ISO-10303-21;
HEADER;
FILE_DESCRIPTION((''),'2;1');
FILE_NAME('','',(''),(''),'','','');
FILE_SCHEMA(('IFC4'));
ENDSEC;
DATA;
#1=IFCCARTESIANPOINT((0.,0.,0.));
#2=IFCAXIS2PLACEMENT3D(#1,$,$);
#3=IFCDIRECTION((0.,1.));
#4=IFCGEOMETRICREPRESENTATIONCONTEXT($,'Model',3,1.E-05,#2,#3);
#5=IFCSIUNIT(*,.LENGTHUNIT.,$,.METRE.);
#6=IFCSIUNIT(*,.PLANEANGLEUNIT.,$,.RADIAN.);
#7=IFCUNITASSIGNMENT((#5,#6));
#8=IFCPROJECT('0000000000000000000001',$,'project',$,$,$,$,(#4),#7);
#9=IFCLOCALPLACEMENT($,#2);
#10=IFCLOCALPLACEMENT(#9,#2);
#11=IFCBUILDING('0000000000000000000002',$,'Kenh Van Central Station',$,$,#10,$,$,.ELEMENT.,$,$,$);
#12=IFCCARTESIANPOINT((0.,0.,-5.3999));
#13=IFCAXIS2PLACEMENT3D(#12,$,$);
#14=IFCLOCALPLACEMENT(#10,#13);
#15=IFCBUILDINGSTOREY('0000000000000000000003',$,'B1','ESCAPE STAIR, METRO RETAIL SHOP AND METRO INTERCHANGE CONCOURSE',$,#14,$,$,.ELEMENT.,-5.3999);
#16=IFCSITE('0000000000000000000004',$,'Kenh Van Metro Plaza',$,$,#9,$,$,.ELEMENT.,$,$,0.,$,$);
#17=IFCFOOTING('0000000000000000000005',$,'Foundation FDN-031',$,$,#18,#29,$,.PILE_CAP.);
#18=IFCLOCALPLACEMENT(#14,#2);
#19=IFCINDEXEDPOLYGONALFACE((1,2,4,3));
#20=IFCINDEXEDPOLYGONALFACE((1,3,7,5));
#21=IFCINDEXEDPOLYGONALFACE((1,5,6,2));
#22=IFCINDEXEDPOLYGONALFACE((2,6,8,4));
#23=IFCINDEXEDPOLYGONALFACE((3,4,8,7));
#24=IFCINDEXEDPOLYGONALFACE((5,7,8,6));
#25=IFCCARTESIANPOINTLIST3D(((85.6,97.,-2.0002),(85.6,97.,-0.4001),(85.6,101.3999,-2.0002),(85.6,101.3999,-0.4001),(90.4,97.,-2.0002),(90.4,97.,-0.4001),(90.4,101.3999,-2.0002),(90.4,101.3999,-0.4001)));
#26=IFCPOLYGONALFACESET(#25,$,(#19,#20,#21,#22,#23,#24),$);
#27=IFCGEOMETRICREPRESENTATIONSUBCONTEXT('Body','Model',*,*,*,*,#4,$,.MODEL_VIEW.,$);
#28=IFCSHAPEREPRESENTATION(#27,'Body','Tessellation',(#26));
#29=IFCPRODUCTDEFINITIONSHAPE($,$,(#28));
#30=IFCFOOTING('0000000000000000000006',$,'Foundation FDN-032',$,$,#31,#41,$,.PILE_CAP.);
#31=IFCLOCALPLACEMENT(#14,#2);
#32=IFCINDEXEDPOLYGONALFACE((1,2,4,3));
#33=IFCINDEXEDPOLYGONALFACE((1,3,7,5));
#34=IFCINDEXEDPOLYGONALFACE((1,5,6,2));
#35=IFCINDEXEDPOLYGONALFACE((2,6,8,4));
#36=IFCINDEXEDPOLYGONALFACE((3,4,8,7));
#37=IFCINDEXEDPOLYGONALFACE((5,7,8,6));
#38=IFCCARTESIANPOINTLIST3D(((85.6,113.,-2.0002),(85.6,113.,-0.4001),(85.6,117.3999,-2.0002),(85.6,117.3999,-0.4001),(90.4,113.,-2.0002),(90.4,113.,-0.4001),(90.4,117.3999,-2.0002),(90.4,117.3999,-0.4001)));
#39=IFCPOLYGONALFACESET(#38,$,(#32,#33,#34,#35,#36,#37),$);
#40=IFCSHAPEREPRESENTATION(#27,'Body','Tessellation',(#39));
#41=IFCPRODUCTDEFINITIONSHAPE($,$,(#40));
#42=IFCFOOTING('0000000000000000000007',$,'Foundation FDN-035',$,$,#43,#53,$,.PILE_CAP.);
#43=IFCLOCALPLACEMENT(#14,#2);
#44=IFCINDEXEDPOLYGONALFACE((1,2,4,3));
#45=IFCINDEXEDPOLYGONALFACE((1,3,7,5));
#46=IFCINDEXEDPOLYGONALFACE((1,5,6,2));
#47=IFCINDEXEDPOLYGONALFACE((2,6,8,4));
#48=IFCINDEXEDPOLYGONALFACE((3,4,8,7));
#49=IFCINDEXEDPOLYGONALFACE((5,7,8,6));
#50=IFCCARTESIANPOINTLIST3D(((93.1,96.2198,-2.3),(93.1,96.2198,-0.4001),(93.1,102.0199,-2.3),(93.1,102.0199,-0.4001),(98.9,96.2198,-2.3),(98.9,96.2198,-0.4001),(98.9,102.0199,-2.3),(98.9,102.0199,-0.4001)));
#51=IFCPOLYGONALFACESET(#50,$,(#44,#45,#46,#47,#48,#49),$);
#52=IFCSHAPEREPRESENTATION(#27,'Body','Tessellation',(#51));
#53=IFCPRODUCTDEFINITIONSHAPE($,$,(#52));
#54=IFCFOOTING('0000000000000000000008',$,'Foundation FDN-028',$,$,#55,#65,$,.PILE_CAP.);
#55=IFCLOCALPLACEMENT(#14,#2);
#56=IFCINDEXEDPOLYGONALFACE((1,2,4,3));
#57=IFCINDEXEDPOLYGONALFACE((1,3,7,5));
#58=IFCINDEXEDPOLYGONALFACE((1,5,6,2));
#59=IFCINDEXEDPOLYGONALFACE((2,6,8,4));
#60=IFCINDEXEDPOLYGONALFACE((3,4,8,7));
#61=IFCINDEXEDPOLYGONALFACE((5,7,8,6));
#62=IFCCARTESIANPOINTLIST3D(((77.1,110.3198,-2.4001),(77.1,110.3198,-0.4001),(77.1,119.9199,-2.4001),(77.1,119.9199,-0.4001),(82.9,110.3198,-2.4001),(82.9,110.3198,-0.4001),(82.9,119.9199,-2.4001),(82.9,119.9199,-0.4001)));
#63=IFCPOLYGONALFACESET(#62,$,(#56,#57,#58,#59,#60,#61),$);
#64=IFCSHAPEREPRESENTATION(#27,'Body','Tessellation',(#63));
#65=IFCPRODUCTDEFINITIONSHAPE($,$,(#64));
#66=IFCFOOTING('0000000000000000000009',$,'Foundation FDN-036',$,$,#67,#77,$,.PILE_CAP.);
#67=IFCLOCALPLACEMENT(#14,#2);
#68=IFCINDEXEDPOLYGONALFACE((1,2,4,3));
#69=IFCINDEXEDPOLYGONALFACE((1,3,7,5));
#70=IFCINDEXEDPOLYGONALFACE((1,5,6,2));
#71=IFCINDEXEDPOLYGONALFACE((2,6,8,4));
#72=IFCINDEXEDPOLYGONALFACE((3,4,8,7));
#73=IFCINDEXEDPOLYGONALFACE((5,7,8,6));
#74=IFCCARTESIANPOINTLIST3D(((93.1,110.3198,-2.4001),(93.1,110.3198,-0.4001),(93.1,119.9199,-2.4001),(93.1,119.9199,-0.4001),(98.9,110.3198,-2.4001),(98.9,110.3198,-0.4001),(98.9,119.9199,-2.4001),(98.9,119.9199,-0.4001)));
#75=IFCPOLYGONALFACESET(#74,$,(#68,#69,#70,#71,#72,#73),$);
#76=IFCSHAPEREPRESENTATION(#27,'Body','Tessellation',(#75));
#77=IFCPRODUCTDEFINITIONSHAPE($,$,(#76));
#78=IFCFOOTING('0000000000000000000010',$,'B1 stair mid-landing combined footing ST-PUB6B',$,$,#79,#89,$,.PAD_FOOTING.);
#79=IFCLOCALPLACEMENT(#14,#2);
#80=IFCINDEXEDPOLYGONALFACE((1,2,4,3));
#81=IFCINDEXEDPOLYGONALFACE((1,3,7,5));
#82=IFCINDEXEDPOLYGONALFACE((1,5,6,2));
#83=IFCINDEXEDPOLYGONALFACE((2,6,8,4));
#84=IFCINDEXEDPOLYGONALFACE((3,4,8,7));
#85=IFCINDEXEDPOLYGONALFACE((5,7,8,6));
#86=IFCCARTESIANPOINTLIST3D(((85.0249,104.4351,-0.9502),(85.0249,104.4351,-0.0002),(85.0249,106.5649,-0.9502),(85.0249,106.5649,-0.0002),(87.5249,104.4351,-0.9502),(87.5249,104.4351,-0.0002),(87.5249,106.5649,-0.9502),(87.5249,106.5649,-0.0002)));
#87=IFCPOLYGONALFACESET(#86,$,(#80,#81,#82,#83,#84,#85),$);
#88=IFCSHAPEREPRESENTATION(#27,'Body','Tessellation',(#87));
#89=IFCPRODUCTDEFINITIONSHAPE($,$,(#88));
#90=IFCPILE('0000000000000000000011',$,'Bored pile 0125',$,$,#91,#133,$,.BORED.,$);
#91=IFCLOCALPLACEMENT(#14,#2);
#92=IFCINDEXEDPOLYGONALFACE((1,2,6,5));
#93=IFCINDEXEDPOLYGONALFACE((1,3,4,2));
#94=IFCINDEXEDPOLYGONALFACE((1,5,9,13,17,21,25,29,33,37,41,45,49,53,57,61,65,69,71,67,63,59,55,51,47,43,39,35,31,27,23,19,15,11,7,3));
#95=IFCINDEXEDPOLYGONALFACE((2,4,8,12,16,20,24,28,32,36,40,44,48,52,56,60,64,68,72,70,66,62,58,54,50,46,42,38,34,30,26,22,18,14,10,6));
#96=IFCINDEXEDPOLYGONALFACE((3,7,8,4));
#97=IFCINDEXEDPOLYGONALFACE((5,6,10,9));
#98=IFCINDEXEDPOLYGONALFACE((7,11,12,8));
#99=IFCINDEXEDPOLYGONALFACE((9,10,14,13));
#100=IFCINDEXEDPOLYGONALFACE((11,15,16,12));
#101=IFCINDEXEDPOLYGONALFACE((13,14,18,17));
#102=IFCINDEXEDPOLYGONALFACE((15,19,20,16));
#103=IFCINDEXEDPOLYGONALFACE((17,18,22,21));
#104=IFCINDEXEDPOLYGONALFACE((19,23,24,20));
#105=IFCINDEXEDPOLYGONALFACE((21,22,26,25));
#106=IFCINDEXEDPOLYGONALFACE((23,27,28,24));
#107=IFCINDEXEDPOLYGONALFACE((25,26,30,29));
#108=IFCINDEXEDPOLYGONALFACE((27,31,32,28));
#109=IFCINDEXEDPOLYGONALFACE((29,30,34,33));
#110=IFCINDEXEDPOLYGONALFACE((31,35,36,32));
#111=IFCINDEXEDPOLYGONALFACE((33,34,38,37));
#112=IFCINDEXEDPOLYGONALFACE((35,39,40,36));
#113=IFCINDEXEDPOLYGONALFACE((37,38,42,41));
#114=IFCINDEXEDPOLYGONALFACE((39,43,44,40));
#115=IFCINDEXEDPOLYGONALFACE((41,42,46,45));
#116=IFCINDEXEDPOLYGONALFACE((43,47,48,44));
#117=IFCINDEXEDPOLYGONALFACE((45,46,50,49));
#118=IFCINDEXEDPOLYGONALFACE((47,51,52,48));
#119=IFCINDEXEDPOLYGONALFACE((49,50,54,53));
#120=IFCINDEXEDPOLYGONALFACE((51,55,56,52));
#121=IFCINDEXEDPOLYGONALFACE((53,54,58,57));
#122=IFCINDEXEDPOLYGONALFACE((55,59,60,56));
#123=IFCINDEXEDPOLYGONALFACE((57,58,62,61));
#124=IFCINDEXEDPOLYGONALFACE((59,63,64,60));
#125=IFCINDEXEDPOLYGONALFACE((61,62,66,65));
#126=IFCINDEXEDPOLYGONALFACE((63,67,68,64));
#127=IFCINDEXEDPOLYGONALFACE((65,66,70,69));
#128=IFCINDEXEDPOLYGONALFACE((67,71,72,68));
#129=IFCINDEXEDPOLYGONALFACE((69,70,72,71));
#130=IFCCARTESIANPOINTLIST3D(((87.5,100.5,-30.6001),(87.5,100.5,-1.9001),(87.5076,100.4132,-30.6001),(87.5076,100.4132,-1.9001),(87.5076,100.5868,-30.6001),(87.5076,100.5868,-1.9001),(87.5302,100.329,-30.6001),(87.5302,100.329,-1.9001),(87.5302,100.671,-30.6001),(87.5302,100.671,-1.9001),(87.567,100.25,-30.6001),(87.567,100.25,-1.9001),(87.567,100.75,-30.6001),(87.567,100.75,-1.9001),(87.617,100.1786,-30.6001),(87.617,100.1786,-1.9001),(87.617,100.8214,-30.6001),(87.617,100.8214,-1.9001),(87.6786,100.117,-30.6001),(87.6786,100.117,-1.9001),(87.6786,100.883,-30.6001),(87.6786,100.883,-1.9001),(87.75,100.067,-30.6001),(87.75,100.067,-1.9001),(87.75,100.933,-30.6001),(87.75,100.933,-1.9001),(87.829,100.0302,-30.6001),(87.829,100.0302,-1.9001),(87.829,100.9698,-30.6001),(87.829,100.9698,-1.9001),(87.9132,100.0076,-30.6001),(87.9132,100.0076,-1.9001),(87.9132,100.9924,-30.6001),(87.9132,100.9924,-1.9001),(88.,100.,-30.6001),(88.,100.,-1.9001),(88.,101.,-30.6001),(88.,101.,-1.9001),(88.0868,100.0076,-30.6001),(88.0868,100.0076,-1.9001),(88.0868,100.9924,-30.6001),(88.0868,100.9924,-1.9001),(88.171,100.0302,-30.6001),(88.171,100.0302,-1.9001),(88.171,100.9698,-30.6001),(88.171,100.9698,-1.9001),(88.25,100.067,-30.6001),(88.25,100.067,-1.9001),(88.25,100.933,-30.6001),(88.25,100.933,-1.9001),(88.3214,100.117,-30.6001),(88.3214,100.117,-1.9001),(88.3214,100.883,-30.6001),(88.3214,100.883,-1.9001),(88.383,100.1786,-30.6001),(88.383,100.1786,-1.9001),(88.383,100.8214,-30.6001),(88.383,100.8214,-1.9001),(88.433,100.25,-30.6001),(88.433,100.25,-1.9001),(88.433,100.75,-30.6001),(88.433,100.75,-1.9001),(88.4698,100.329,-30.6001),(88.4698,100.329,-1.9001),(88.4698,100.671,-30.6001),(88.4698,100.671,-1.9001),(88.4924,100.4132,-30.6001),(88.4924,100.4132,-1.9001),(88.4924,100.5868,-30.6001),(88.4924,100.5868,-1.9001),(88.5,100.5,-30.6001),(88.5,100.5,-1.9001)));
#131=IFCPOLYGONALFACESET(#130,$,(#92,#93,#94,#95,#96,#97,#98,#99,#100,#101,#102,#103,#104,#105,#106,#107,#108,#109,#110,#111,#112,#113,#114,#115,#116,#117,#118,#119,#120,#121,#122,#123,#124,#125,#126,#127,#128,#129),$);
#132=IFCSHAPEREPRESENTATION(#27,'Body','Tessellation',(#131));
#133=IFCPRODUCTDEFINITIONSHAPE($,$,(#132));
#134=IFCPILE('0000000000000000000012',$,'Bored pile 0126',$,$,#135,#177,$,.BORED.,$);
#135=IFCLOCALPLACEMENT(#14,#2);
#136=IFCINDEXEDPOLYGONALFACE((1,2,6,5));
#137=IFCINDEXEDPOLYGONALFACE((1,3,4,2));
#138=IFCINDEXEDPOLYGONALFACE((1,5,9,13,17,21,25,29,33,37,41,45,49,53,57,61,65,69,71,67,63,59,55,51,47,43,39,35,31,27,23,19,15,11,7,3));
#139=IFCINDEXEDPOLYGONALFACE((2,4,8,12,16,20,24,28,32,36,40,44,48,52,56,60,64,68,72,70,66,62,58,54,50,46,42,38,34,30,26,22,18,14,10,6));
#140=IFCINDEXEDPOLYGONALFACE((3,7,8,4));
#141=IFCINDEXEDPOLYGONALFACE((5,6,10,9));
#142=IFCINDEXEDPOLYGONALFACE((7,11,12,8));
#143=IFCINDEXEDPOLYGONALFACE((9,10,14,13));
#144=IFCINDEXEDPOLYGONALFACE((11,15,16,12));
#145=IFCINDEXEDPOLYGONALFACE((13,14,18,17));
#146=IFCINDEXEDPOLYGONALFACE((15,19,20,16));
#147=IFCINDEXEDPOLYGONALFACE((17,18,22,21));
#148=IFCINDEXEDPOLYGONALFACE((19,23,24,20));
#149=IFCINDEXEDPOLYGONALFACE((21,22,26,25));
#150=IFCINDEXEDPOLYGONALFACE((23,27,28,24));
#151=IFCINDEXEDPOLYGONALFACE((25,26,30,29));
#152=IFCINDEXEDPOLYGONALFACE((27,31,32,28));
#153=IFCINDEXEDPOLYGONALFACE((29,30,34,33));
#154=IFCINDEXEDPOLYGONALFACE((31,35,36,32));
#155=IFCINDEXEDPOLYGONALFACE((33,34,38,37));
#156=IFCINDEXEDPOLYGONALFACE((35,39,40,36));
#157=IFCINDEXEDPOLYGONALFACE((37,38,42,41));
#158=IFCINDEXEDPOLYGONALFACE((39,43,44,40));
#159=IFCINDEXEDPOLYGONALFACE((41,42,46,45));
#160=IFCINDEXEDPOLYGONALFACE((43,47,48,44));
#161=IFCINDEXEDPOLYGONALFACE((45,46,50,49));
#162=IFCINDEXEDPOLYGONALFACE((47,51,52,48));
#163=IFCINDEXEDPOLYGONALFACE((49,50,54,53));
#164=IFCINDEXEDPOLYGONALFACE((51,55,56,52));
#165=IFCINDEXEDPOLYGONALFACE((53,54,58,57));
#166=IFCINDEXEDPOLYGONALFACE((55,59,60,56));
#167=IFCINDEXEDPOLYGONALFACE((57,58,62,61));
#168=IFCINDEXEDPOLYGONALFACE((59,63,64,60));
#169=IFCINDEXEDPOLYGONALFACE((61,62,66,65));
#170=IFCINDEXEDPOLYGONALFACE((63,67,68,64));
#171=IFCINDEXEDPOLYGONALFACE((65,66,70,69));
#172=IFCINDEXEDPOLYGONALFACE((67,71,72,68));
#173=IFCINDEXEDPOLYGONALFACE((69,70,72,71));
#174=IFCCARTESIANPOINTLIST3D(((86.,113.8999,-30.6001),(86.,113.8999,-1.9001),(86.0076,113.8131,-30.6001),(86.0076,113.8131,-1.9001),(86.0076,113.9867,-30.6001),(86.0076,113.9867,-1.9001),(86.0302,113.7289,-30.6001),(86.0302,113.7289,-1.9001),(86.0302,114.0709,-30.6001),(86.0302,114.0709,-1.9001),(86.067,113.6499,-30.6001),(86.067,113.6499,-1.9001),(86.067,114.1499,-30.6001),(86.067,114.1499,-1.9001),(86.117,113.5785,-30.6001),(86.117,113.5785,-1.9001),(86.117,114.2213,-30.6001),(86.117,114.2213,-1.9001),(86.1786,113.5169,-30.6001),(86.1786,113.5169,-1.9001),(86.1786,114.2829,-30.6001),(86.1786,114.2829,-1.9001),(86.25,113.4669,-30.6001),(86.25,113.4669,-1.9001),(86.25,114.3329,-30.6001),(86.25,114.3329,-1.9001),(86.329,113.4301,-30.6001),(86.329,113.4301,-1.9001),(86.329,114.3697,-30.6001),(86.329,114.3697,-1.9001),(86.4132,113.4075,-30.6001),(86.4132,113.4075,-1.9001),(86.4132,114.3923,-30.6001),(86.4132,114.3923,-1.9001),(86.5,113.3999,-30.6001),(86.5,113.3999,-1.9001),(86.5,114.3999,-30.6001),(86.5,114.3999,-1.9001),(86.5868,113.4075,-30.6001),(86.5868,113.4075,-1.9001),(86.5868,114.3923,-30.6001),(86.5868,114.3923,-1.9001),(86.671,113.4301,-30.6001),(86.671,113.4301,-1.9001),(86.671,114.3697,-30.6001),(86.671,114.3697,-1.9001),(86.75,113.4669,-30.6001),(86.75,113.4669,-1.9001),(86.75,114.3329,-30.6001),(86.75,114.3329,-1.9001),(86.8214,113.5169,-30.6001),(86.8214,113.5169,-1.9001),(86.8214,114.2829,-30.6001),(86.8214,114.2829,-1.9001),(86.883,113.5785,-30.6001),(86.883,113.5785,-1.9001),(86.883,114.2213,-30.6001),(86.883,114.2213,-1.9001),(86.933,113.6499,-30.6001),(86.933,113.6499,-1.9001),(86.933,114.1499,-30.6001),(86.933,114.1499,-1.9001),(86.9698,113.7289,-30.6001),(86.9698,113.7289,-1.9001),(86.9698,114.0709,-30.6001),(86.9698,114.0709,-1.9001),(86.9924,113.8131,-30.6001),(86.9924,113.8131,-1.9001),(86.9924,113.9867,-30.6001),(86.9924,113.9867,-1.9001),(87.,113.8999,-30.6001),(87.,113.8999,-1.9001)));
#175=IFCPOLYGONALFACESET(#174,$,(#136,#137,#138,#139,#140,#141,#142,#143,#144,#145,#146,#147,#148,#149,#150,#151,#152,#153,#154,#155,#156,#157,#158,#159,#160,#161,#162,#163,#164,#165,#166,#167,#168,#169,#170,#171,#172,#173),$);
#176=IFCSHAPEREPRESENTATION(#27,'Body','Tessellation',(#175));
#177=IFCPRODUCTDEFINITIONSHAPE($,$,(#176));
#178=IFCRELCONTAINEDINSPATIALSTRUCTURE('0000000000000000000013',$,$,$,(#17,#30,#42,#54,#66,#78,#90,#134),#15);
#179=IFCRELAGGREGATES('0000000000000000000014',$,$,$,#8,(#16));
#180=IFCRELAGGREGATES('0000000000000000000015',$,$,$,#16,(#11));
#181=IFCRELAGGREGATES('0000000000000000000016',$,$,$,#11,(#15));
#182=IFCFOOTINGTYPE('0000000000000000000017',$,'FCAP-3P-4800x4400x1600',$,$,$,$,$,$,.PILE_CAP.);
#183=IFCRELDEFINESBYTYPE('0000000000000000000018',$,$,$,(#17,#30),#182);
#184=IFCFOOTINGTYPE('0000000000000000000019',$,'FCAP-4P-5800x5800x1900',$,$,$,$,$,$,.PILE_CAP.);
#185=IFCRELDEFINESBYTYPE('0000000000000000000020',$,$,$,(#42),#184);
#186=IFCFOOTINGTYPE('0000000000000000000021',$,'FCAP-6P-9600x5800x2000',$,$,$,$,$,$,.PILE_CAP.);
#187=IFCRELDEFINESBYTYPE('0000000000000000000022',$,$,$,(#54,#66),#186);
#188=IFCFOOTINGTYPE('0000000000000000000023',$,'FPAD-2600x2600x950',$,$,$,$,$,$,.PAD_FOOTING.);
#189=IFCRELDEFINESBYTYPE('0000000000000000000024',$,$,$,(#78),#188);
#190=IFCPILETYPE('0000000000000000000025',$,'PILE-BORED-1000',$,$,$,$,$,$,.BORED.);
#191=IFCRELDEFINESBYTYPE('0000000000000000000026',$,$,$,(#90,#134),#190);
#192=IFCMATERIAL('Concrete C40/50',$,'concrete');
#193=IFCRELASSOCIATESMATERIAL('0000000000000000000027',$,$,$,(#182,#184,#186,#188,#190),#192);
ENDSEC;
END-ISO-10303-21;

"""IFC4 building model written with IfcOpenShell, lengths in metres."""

from ifc_helpers import new_model, si_unit, direction, frame, origin, origin_2d, place, context, subcontext, project, spatial, rectangle, circle, extrude, material, material_profile, profile_set, type_object, element, save


model = new_model("IFC4")

# Units and contexts
model_context = context("Model", 3, precision=1e-05, world=origin(), true_north=direction((0.0, 1.0)))
body_context = subcontext(model_context, "Body", "Model", "MODEL_VIEW")
ifc_project = project(units=[si_unit("LENGTHUNIT", "METRE"), si_unit("PLANEANGLEUNIT", "RADIAN")], contexts=[model_context])

# Site, building, storey
site_placement = place(None, origin())
site = spatial("IfcSite", under=ifc_project, at=site_placement, Name="Kenh Van Metro Plaza", CompositionType="ELEMENT", RefElevation=0.0)
building_placement = place(site_placement, origin())
building = spatial("IfcBuilding", under=site, at=building_placement, Name="Kenh Van Central Station", CompositionType="ELEMENT")
storey_placement = place(building_placement, frame((0.0, 0.0, -5.3999)))
storey = spatial("IfcBuildingStorey", under=building, at=storey_placement, Name="B1", Description="ESCAPE STAIR, METRO RETAIL SHOP AND METRO INTERCHANGE CONCOURSE", CompositionType="ELEMENT", Elevation=-5.3999)

# Footings
ifc_material_1 = material(Name="Concrete C40/50", Category="concrete")
footing_type_1 = type_object("IfcFootingType", Name="FCAP-3P-4800x4400x1600", PredefinedType="PILE_CAP", material=ifc_material_1)
for number, where, z_axis, x_axis, name in (
    (1, (88.0, 99.2, -2.0002), (0.0, 0.0, 1.0), (1.0, 0.0, 0.0), "Foundation FDN-031"),
    (2, (88.0, 115.2, -2.0002), (0.0, 0.0, 1.0), (1.0, 0.0, 0.0), "Foundation FDN-032"),
):
    element("IfcFooting", number, at=place(storey_placement, frame(where, z_axis=z_axis, x_axis=x_axis)), inside=storey, type_object=footing_type_1, Name=name, PredefinedType="PILE_CAP", context=body_context, shape_type="SweptSolid", body=[
        extrude(rectangle(XDim=4.8, YDim=4.3999, at=origin_2d()), origin(), (0.0, 0.0, 1.0), 1.6001),
    ])
footing_type_2 = type_object("IfcFootingType", Name="FCAP-4P-5800x5800x1900", PredefinedType="PILE_CAP", material=ifc_material_1)
footing_1_placement = place(storey_placement, frame((96.0, 99.1199, -2.3), z_axis=(0.0, 0.0, 1.0), x_axis=(1.0, 0.0, 0.0)))
element("IfcFooting", 3, at=footing_1_placement, inside=storey, type_object=footing_type_2, Name="Foundation FDN-035", PredefinedType="PILE_CAP", context=body_context, shape_type="SweptSolid", body=[
    extrude(rectangle(XDim=5.8, YDim=5.8, at=origin_2d()), origin(), (0.0, 0.0, 1.0), 1.8999),
])
footing_type_3 = type_object("IfcFootingType", Name="FCAP-6P-9600x5800x2000", PredefinedType="PILE_CAP", material=ifc_material_1)
for number, where, z_axis, x_axis, name in (
    (4, (80.0, 115.1199, -2.4001), (0.0, 0.0, 1.0), (0.0, 1.0, 0.0), "Foundation FDN-028"),
    (5, (96.0, 115.1199, -2.4001), (0.0, 0.0, 1.0), (0.0, 1.0, 0.0), "Foundation FDN-036"),
):
    element("IfcFooting", number, at=place(storey_placement, frame(where, z_axis=z_axis, x_axis=x_axis)), inside=storey, type_object=footing_type_3, Name=name, PredefinedType="PILE_CAP", context=body_context, shape_type="SweptSolid", body=[
        extrude(rectangle(XDim=9.6001, YDim=5.8, at=origin_2d()), origin(), (0.0, 0.0, 1.0), 2.0),
    ])
footing_type_4 = type_object("IfcFootingType", Name="FPAD-2600x2600x950", PredefinedType="PAD_FOOTING", material=ifc_material_1)
footing_2_placement = place(storey_placement, frame((86.2749, 105.5, -0.9502), z_axis=(0.0, 0.0, 1.0), x_axis=(1.0, 0.0, 0.0)))
element("IfcFooting", 6, at=footing_2_placement, inside=storey, type_object=footing_type_4, Name="B1 stair mid-landing combined footing ST-PUB6B", PredefinedType="PAD_FOOTING", context=body_context, shape_type="SweptSolid", body=[
    extrude(rectangle(XDim=2.5, YDim=2.1299, at=origin_2d()), origin(), (0.0, 0.0, 1.0), 0.95),
])

# Piles
ifc_material_profile_1 = material_profile(ifc_material_1, circle(Radius=0.5, at=origin_2d()), Name="PILE D1000")
ifc_profile_set_1 = profile_set([ifc_material_profile_1], Name="Concrete C40/50")
pile_type_1 = type_object("IfcPileType", Name="PILE-BORED-1000", PredefinedType="BORED", material=ifc_profile_set_1)
for number, where, z_axis, x_axis, name in (
    (7, (88.0, 100.5, -1.9001), (0.0, 0.0, -1.0), (1.0, 0.0, 0.0), "Bored pile 0125"),
    (8, (86.5, 113.8999, -1.9001), (0.0, 0.0, -1.0), (1.0, 0.0, 0.0), "Bored pile 0126"),
):
    element("IfcPile", number, at=place(storey_placement, frame(where, z_axis=z_axis, x_axis=x_axis)), inside=storey, type_object=pile_type_1, Name=name, PredefinedType="BORED", context=body_context, shape_type="SweptSolid", body=[
        extrude(circle(Radius=0.5, at=origin_2d()), origin(), (0.0, 0.0, 1.0), 28.7),
    ])

save(model, "model.ifc")
